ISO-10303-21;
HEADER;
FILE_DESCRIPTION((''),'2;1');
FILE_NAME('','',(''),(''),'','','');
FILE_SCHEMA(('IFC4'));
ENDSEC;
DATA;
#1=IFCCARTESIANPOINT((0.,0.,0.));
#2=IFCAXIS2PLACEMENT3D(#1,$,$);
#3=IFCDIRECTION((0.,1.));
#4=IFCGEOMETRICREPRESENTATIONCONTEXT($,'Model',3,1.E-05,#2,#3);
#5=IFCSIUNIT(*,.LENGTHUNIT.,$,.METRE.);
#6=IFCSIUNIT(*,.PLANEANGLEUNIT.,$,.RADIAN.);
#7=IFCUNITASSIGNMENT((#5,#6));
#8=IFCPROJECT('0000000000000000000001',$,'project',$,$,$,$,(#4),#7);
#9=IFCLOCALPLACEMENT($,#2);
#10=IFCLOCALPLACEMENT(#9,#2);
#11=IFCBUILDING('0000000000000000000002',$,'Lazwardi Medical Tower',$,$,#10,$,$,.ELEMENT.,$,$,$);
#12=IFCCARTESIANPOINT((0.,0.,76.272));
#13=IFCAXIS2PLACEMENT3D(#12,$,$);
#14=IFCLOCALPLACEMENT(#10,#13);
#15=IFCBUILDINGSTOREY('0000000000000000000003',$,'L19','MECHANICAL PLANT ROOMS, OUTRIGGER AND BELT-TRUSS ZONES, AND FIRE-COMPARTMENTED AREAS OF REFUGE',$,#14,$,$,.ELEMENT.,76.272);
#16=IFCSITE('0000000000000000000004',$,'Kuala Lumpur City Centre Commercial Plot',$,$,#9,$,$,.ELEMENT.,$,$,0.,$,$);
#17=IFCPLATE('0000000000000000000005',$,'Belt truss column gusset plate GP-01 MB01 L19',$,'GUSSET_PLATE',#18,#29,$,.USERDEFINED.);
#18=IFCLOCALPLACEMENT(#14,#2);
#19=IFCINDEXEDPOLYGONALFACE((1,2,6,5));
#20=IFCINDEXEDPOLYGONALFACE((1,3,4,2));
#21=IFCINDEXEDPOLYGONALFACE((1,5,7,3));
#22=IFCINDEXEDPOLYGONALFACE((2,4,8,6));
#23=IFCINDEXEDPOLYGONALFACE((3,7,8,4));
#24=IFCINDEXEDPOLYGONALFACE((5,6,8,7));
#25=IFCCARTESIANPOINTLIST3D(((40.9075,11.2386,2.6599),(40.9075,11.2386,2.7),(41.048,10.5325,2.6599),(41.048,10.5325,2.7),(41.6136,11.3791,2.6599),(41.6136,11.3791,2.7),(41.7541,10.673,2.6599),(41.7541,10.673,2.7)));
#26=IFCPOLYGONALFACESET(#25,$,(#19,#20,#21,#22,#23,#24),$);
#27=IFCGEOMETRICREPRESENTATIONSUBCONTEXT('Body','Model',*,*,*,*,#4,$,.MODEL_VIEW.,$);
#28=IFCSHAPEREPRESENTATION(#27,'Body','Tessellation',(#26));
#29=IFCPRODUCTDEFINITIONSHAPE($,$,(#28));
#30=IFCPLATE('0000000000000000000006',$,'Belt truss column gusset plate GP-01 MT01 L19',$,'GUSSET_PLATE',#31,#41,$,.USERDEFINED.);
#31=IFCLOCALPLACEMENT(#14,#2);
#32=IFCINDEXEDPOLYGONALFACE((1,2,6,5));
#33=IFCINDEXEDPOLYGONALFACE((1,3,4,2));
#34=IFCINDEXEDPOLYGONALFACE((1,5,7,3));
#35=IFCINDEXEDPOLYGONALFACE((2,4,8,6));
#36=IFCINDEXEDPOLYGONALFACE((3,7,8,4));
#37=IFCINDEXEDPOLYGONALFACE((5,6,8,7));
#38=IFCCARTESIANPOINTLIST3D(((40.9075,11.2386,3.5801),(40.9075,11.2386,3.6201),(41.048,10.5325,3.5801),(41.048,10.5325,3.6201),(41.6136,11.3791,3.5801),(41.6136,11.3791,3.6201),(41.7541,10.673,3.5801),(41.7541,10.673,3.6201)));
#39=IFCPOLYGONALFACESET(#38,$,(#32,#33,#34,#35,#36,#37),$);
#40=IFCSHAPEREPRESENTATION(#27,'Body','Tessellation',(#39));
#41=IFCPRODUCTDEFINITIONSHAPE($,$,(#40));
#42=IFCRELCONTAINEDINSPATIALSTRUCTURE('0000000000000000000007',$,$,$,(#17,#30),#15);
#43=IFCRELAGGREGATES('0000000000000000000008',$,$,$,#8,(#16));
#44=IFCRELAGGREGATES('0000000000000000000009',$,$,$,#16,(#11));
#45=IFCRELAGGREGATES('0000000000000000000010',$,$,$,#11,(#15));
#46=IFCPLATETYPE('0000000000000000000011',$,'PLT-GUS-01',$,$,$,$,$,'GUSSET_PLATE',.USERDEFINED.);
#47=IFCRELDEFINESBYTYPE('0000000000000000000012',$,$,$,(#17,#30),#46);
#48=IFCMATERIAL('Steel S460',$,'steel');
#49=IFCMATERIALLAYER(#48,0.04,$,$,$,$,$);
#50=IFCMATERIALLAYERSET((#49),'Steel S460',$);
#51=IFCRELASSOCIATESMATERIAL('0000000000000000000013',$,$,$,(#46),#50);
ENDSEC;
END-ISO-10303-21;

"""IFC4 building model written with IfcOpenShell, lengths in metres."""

from ifc_helpers import new_model, si_unit, direction, frame, origin, origin_2d, place, context, subcontext, project, spatial, rectangle, extrude, material, layer, layer_set, type_object, element, save


model = new_model("IFC4")

# Units and contexts
model_context = context("Model", 3, precision=1e-05, world=origin(), true_north=direction((0.0, 1.0)))
body_context = subcontext(model_context, "Body", "Model", "MODEL_VIEW")
ifc_project = project(units=[si_unit("LENGTHUNIT", "METRE"), si_unit("PLANEANGLEUNIT", "RADIAN")], contexts=[model_context])

# Site, building, storey
site_placement = place(None, origin())
site = spatial("IfcSite", under=ifc_project, at=site_placement, Name="Kuala Lumpur City Centre Commercial Plot", CompositionType="ELEMENT", RefElevation=0.0)
building_placement = place(site_placement, origin())
building = spatial("IfcBuilding", under=site, at=building_placement, Name="Lazwardi Medical Tower", CompositionType="ELEMENT")
storey_placement = place(building_placement, frame((0.0, 0.0, 76.272)))
storey = spatial("IfcBuildingStorey", under=building, at=storey_placement, Name="L19", Description="MECHANICAL PLANT ROOMS, OUTRIGGER AND BELT-TRUSS ZONES, AND FIRE-COMPARTMENTED AREAS OF REFUGE", CompositionType="ELEMENT", Elevation=76.272)

# Shared definitions
ifc_material_1 = material(Name="Steel S460", Category="steel")

# Plates
ifc_layer = layer(ifc_material_1, 0.04)
ifc_layer_set = layer_set([ifc_layer], Name="Steel S460")
plate_type = type_object("IfcPlateType", Name="PLT-GUS-01", ElementType="GUSSET_PLATE", PredefinedType="USERDEFINED", material=ifc_layer_set)
for number, where, z_axis, x_axis, name in (
    (1, (41.3308, 10.9558, 2.6599), (0.0, 0.0, 1.0), (0.19509, -0.980785, 0.0), "Belt truss column gusset plate GP-01 MB01 L19"),
    (2, (41.3308, 10.9558, 3.5801), (0.0, 0.0, 1.0), (0.19509, -0.980785, 0.0), "Belt truss column gusset plate GP-01 MT01 L19"),
):
    element("IfcPlate", number, at=place(storey_placement, frame(where, z_axis=z_axis, x_axis=x_axis)), inside=storey, type_object=plate_type, Name=name, ObjectType="GUSSET_PLATE", PredefinedType="USERDEFINED", context=body_context, shape_type="SweptSolid", body=[
        extrude(rectangle(XDim=0.72, YDim=0.72, at=origin_2d()), origin(), (0.0, 0.0, 1.0), 0.04),
    ])

save(model, "model.ifc")
